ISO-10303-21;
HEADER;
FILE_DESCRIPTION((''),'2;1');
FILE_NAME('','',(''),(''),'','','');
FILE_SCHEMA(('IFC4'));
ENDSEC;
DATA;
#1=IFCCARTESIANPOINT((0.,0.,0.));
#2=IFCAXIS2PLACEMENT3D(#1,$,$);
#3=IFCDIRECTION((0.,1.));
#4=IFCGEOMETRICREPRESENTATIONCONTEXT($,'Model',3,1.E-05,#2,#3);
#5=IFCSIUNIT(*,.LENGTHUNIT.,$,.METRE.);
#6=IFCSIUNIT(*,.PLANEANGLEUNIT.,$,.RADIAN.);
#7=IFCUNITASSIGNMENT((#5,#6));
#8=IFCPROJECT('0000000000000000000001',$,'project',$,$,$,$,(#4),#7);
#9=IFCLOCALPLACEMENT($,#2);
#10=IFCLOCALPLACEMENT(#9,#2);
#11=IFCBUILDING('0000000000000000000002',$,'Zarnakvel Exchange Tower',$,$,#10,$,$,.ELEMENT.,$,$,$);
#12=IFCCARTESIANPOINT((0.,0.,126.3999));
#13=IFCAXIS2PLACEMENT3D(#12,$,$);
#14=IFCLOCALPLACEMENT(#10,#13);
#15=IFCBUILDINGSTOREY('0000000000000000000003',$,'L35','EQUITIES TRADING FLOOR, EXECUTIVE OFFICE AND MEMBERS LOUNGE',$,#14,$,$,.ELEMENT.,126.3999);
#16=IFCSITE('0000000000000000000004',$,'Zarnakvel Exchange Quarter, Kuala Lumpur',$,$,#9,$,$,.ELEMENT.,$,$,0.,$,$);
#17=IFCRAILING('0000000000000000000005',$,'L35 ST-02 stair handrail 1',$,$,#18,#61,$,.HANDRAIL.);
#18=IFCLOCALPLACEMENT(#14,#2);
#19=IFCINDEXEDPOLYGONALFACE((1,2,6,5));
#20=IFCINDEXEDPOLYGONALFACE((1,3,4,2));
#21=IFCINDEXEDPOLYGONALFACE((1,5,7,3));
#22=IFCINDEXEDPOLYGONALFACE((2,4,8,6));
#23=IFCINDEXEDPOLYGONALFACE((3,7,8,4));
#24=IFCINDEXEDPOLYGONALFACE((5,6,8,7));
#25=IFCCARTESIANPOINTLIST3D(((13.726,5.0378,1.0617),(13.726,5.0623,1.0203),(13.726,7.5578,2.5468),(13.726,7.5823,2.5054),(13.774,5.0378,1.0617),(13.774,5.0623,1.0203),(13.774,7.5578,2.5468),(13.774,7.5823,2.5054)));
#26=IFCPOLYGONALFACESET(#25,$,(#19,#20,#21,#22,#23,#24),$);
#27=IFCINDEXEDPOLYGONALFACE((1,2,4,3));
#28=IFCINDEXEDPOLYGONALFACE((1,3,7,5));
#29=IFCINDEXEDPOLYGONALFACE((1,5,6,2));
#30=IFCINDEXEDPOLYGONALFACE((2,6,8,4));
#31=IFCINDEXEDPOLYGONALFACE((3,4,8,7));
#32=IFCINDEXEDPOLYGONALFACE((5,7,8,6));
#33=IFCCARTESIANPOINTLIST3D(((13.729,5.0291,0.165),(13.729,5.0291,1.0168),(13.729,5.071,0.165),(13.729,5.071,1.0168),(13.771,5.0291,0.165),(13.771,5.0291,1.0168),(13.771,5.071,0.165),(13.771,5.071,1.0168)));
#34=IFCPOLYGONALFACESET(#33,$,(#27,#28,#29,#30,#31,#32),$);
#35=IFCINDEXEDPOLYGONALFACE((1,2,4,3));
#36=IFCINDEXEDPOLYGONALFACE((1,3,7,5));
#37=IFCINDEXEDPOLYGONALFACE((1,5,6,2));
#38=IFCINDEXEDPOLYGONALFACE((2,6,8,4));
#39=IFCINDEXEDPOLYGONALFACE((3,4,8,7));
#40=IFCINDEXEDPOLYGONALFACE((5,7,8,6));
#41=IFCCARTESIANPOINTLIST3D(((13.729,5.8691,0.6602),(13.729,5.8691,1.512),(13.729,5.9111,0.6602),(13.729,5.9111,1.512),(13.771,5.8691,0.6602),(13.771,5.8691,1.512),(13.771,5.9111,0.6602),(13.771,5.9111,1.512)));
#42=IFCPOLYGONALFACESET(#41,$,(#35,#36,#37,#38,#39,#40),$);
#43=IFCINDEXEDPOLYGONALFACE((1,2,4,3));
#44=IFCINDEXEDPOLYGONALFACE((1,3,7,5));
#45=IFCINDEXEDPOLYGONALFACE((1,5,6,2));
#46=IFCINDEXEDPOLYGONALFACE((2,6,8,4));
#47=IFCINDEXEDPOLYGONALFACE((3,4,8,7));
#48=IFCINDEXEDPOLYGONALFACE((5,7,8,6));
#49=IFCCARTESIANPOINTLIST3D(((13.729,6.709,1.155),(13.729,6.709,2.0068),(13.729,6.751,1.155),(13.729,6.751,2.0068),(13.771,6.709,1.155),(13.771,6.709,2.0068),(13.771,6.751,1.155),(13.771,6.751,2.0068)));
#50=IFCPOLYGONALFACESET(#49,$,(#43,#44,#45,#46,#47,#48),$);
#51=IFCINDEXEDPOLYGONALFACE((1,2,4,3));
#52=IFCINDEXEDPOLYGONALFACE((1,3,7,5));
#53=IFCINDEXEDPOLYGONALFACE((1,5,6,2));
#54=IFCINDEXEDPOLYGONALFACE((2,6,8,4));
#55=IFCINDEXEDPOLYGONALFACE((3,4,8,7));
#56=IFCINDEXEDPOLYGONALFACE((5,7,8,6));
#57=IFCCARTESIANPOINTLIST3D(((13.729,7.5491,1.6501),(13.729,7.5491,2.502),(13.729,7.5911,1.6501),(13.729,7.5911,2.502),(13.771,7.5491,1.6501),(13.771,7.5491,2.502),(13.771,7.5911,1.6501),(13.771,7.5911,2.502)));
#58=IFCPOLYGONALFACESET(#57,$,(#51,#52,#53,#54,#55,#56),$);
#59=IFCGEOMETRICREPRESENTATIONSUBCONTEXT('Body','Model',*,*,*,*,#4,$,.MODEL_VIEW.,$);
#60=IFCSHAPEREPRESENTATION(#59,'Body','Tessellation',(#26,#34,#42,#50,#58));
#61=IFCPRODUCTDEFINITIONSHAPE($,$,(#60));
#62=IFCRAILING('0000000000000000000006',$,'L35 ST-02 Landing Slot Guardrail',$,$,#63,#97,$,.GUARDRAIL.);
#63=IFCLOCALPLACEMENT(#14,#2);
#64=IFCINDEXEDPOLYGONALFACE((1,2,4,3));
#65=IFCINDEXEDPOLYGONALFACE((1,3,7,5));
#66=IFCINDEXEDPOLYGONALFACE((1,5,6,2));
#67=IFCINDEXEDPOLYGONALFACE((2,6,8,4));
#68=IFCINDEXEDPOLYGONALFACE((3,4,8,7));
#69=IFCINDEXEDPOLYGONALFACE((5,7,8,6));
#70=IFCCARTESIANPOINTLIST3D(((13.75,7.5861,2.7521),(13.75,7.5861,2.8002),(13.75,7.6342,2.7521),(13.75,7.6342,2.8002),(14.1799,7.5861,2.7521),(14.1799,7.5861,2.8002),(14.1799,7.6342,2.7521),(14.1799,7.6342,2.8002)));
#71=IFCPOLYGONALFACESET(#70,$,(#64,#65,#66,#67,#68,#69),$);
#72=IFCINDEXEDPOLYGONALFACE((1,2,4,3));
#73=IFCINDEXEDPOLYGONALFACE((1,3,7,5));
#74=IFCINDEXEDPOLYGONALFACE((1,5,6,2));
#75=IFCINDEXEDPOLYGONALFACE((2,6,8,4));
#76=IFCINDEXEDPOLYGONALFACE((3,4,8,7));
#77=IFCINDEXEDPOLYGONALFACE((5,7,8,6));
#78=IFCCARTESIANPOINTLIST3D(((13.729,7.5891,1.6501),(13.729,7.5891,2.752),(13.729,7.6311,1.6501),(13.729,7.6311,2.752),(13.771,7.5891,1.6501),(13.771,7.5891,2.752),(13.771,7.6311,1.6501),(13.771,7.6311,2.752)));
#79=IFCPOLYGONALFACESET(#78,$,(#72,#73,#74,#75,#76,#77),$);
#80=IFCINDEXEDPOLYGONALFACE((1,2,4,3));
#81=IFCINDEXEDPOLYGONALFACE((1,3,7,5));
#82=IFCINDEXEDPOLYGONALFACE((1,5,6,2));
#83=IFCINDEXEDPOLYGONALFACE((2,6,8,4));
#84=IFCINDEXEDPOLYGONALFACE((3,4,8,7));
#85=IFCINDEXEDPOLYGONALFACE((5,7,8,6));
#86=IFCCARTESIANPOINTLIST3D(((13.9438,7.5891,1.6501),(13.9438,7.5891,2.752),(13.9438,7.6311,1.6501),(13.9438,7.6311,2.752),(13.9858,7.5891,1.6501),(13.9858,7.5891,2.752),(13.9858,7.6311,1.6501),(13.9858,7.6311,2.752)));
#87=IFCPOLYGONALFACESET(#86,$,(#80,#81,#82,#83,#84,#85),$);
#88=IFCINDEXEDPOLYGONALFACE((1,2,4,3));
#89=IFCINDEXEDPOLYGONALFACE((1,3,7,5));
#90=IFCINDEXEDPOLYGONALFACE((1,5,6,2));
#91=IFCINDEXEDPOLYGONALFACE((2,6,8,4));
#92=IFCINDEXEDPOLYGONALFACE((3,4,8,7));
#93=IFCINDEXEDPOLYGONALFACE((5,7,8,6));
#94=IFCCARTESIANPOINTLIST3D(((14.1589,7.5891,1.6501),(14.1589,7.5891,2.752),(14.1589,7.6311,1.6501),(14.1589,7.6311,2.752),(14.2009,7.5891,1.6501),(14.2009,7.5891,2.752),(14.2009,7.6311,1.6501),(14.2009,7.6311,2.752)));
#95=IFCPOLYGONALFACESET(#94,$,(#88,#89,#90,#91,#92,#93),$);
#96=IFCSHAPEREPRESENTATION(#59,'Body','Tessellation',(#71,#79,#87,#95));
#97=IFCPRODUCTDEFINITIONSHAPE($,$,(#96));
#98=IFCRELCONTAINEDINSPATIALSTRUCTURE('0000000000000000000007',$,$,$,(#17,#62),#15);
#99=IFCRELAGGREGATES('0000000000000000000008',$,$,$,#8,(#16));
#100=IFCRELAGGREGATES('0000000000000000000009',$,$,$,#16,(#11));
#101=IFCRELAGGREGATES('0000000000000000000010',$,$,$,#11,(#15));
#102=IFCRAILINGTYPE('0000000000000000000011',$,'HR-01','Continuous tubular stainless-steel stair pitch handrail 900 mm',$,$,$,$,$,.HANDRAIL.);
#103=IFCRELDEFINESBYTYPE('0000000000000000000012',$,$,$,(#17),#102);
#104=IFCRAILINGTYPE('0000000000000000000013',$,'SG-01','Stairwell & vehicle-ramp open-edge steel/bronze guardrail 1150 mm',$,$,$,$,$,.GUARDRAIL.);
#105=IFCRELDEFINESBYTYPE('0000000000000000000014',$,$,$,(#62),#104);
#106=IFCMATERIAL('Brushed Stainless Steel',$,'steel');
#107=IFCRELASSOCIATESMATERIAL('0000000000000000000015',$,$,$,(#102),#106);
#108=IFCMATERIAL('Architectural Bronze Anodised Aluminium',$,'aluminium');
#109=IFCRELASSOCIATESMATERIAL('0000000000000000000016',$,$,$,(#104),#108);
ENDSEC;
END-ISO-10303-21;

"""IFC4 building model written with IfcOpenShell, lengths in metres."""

from ifc_helpers import new_model, si_unit, direction, frame, origin, origin_2d, place, context, subcontext, project, spatial, rectangle, extrude, material, type_object, element, save


model = new_model("IFC4")

# Units and contexts
model_context = context("Model", 3, precision=1e-05, world=origin(), true_north=direction((0.0, 1.0)))
body_context = subcontext(model_context, "Body", "Model", "MODEL_VIEW")
ifc_project = project(units=[si_unit("LENGTHUNIT", "METRE"), si_unit("PLANEANGLEUNIT", "RADIAN")], contexts=[model_context])

# Site, building, storey
site_placement = place(None, origin())
site = spatial("IfcSite", under=ifc_project, at=site_placement, Name="Zarnakvel Exchange Quarter, Kuala Lumpur", CompositionType="ELEMENT", RefElevation=0.0)
building_placement = place(site_placement, origin())
building = spatial("IfcBuilding", under=site, at=building_placement, Name="Zarnakvel Exchange Tower", CompositionType="ELEMENT")
storey_placement = place(building_placement, frame((0.0, 0.0, 126.3999)))
storey = spatial("IfcBuildingStorey", under=building, at=storey_placement, Name="L35", Description="EQUITIES TRADING FLOOR, EXECUTIVE OFFICE AND MEMBERS LOUNGE", CompositionType="ELEMENT", Elevation=126.3999)

# Shared definitions
ifc_material_1 = material(Name="Architectural Bronze Anodised Aluminium", Category="aluminium")

# Railings
ifc_material_2 = material(Name="Brushed Stainless Steel", Category="steel")
railing_type_1 = type_object("IfcRailingType", Name="HR-01", Description="Continuous tubular stainless-steel stair pitch handrail 900 mm", PredefinedType="HANDRAIL", material=ifc_material_2)
railing_1_placement = place(storey_placement, frame((13.75, 5.05, 0.165)))
element("IfcRailing", 1, at=railing_1_placement, inside=storey, type_object=railing_type_1, Name="L35 ST-02 stair handrail 1", PredefinedType="HANDRAIL", context=body_context, shape_type="SweptSolid", body=[
    extrude(rectangle(XDim=0.0481, YDim=0.0481, at=origin_2d()), frame((0.0, 0.0, 0.876), z_axis=(0.0, 0.861524, 0.507717), x_axis=(-1.0, 0.0, 0.0)), (0.0, 0.0, 1.0), 2.925),
    extrude(rectangle(XDim=0.042, YDim=0.042, at=origin_2d()), origin(), (0.0, 0.0, 1.0), 0.8518),
    extrude(rectangle(XDim=0.042, YDim=0.042, at=origin_2d()), frame((0.0, 0.8401, 0.4951)), (0.0, 0.0, 1.0), 0.8518),
    extrude(rectangle(XDim=0.042, YDim=0.042, at=origin_2d()), frame((0.0, 1.6799, 0.99)), (0.0, 0.0, 1.0), 0.8518),
    extrude(rectangle(XDim=0.042, YDim=0.042, at=origin_2d()), frame((0.0, 2.52, 1.4851)), (0.0, 0.0, 1.0), 0.8518),
])
railing_type_2 = type_object("IfcRailingType", Name="SG-01", Description="Stairwell & vehicle-ramp open-edge steel/bronze guardrail 1150 mm", PredefinedType="GUARDRAIL", material=ifc_material_1)
railing_2_placement = place(storey_placement, frame((13.75, 7.6101, 1.6501)))
element("IfcRailing", 2, at=railing_2_placement, inside=storey, type_object=railing_type_2, Name="L35 ST-02 Landing Slot Guardrail", PredefinedType="GUARDRAIL", context=body_context, shape_type="SweptSolid", body=[
    extrude(rectangle(XDim=0.0481, YDim=0.0481, at=origin_2d()), frame((0.0, 0.0, 1.126), z_axis=(1.0, 0.0, 0.0), x_axis=(0.0, 1.0, 0.0)), (0.0, 0.0, 1.0), 0.4299),
    extrude(rectangle(XDim=0.042, YDim=0.042, at=origin_2d()), origin(), (0.0, 0.0, 1.0), 1.1018),
    extrude(rectangle(XDim=0.042, YDim=0.042, at=origin_2d()), frame((0.2148, 0.0, 0.0)), (0.0, 0.0, 1.0), 1.1018),
    extrude(rectangle(XDim=0.042, YDim=0.042, at=origin_2d()), frame((0.4299, 0.0, 0.0)), (0.0, 0.0, 1.0), 1.1018),
])

save(model, "model.ifc")
